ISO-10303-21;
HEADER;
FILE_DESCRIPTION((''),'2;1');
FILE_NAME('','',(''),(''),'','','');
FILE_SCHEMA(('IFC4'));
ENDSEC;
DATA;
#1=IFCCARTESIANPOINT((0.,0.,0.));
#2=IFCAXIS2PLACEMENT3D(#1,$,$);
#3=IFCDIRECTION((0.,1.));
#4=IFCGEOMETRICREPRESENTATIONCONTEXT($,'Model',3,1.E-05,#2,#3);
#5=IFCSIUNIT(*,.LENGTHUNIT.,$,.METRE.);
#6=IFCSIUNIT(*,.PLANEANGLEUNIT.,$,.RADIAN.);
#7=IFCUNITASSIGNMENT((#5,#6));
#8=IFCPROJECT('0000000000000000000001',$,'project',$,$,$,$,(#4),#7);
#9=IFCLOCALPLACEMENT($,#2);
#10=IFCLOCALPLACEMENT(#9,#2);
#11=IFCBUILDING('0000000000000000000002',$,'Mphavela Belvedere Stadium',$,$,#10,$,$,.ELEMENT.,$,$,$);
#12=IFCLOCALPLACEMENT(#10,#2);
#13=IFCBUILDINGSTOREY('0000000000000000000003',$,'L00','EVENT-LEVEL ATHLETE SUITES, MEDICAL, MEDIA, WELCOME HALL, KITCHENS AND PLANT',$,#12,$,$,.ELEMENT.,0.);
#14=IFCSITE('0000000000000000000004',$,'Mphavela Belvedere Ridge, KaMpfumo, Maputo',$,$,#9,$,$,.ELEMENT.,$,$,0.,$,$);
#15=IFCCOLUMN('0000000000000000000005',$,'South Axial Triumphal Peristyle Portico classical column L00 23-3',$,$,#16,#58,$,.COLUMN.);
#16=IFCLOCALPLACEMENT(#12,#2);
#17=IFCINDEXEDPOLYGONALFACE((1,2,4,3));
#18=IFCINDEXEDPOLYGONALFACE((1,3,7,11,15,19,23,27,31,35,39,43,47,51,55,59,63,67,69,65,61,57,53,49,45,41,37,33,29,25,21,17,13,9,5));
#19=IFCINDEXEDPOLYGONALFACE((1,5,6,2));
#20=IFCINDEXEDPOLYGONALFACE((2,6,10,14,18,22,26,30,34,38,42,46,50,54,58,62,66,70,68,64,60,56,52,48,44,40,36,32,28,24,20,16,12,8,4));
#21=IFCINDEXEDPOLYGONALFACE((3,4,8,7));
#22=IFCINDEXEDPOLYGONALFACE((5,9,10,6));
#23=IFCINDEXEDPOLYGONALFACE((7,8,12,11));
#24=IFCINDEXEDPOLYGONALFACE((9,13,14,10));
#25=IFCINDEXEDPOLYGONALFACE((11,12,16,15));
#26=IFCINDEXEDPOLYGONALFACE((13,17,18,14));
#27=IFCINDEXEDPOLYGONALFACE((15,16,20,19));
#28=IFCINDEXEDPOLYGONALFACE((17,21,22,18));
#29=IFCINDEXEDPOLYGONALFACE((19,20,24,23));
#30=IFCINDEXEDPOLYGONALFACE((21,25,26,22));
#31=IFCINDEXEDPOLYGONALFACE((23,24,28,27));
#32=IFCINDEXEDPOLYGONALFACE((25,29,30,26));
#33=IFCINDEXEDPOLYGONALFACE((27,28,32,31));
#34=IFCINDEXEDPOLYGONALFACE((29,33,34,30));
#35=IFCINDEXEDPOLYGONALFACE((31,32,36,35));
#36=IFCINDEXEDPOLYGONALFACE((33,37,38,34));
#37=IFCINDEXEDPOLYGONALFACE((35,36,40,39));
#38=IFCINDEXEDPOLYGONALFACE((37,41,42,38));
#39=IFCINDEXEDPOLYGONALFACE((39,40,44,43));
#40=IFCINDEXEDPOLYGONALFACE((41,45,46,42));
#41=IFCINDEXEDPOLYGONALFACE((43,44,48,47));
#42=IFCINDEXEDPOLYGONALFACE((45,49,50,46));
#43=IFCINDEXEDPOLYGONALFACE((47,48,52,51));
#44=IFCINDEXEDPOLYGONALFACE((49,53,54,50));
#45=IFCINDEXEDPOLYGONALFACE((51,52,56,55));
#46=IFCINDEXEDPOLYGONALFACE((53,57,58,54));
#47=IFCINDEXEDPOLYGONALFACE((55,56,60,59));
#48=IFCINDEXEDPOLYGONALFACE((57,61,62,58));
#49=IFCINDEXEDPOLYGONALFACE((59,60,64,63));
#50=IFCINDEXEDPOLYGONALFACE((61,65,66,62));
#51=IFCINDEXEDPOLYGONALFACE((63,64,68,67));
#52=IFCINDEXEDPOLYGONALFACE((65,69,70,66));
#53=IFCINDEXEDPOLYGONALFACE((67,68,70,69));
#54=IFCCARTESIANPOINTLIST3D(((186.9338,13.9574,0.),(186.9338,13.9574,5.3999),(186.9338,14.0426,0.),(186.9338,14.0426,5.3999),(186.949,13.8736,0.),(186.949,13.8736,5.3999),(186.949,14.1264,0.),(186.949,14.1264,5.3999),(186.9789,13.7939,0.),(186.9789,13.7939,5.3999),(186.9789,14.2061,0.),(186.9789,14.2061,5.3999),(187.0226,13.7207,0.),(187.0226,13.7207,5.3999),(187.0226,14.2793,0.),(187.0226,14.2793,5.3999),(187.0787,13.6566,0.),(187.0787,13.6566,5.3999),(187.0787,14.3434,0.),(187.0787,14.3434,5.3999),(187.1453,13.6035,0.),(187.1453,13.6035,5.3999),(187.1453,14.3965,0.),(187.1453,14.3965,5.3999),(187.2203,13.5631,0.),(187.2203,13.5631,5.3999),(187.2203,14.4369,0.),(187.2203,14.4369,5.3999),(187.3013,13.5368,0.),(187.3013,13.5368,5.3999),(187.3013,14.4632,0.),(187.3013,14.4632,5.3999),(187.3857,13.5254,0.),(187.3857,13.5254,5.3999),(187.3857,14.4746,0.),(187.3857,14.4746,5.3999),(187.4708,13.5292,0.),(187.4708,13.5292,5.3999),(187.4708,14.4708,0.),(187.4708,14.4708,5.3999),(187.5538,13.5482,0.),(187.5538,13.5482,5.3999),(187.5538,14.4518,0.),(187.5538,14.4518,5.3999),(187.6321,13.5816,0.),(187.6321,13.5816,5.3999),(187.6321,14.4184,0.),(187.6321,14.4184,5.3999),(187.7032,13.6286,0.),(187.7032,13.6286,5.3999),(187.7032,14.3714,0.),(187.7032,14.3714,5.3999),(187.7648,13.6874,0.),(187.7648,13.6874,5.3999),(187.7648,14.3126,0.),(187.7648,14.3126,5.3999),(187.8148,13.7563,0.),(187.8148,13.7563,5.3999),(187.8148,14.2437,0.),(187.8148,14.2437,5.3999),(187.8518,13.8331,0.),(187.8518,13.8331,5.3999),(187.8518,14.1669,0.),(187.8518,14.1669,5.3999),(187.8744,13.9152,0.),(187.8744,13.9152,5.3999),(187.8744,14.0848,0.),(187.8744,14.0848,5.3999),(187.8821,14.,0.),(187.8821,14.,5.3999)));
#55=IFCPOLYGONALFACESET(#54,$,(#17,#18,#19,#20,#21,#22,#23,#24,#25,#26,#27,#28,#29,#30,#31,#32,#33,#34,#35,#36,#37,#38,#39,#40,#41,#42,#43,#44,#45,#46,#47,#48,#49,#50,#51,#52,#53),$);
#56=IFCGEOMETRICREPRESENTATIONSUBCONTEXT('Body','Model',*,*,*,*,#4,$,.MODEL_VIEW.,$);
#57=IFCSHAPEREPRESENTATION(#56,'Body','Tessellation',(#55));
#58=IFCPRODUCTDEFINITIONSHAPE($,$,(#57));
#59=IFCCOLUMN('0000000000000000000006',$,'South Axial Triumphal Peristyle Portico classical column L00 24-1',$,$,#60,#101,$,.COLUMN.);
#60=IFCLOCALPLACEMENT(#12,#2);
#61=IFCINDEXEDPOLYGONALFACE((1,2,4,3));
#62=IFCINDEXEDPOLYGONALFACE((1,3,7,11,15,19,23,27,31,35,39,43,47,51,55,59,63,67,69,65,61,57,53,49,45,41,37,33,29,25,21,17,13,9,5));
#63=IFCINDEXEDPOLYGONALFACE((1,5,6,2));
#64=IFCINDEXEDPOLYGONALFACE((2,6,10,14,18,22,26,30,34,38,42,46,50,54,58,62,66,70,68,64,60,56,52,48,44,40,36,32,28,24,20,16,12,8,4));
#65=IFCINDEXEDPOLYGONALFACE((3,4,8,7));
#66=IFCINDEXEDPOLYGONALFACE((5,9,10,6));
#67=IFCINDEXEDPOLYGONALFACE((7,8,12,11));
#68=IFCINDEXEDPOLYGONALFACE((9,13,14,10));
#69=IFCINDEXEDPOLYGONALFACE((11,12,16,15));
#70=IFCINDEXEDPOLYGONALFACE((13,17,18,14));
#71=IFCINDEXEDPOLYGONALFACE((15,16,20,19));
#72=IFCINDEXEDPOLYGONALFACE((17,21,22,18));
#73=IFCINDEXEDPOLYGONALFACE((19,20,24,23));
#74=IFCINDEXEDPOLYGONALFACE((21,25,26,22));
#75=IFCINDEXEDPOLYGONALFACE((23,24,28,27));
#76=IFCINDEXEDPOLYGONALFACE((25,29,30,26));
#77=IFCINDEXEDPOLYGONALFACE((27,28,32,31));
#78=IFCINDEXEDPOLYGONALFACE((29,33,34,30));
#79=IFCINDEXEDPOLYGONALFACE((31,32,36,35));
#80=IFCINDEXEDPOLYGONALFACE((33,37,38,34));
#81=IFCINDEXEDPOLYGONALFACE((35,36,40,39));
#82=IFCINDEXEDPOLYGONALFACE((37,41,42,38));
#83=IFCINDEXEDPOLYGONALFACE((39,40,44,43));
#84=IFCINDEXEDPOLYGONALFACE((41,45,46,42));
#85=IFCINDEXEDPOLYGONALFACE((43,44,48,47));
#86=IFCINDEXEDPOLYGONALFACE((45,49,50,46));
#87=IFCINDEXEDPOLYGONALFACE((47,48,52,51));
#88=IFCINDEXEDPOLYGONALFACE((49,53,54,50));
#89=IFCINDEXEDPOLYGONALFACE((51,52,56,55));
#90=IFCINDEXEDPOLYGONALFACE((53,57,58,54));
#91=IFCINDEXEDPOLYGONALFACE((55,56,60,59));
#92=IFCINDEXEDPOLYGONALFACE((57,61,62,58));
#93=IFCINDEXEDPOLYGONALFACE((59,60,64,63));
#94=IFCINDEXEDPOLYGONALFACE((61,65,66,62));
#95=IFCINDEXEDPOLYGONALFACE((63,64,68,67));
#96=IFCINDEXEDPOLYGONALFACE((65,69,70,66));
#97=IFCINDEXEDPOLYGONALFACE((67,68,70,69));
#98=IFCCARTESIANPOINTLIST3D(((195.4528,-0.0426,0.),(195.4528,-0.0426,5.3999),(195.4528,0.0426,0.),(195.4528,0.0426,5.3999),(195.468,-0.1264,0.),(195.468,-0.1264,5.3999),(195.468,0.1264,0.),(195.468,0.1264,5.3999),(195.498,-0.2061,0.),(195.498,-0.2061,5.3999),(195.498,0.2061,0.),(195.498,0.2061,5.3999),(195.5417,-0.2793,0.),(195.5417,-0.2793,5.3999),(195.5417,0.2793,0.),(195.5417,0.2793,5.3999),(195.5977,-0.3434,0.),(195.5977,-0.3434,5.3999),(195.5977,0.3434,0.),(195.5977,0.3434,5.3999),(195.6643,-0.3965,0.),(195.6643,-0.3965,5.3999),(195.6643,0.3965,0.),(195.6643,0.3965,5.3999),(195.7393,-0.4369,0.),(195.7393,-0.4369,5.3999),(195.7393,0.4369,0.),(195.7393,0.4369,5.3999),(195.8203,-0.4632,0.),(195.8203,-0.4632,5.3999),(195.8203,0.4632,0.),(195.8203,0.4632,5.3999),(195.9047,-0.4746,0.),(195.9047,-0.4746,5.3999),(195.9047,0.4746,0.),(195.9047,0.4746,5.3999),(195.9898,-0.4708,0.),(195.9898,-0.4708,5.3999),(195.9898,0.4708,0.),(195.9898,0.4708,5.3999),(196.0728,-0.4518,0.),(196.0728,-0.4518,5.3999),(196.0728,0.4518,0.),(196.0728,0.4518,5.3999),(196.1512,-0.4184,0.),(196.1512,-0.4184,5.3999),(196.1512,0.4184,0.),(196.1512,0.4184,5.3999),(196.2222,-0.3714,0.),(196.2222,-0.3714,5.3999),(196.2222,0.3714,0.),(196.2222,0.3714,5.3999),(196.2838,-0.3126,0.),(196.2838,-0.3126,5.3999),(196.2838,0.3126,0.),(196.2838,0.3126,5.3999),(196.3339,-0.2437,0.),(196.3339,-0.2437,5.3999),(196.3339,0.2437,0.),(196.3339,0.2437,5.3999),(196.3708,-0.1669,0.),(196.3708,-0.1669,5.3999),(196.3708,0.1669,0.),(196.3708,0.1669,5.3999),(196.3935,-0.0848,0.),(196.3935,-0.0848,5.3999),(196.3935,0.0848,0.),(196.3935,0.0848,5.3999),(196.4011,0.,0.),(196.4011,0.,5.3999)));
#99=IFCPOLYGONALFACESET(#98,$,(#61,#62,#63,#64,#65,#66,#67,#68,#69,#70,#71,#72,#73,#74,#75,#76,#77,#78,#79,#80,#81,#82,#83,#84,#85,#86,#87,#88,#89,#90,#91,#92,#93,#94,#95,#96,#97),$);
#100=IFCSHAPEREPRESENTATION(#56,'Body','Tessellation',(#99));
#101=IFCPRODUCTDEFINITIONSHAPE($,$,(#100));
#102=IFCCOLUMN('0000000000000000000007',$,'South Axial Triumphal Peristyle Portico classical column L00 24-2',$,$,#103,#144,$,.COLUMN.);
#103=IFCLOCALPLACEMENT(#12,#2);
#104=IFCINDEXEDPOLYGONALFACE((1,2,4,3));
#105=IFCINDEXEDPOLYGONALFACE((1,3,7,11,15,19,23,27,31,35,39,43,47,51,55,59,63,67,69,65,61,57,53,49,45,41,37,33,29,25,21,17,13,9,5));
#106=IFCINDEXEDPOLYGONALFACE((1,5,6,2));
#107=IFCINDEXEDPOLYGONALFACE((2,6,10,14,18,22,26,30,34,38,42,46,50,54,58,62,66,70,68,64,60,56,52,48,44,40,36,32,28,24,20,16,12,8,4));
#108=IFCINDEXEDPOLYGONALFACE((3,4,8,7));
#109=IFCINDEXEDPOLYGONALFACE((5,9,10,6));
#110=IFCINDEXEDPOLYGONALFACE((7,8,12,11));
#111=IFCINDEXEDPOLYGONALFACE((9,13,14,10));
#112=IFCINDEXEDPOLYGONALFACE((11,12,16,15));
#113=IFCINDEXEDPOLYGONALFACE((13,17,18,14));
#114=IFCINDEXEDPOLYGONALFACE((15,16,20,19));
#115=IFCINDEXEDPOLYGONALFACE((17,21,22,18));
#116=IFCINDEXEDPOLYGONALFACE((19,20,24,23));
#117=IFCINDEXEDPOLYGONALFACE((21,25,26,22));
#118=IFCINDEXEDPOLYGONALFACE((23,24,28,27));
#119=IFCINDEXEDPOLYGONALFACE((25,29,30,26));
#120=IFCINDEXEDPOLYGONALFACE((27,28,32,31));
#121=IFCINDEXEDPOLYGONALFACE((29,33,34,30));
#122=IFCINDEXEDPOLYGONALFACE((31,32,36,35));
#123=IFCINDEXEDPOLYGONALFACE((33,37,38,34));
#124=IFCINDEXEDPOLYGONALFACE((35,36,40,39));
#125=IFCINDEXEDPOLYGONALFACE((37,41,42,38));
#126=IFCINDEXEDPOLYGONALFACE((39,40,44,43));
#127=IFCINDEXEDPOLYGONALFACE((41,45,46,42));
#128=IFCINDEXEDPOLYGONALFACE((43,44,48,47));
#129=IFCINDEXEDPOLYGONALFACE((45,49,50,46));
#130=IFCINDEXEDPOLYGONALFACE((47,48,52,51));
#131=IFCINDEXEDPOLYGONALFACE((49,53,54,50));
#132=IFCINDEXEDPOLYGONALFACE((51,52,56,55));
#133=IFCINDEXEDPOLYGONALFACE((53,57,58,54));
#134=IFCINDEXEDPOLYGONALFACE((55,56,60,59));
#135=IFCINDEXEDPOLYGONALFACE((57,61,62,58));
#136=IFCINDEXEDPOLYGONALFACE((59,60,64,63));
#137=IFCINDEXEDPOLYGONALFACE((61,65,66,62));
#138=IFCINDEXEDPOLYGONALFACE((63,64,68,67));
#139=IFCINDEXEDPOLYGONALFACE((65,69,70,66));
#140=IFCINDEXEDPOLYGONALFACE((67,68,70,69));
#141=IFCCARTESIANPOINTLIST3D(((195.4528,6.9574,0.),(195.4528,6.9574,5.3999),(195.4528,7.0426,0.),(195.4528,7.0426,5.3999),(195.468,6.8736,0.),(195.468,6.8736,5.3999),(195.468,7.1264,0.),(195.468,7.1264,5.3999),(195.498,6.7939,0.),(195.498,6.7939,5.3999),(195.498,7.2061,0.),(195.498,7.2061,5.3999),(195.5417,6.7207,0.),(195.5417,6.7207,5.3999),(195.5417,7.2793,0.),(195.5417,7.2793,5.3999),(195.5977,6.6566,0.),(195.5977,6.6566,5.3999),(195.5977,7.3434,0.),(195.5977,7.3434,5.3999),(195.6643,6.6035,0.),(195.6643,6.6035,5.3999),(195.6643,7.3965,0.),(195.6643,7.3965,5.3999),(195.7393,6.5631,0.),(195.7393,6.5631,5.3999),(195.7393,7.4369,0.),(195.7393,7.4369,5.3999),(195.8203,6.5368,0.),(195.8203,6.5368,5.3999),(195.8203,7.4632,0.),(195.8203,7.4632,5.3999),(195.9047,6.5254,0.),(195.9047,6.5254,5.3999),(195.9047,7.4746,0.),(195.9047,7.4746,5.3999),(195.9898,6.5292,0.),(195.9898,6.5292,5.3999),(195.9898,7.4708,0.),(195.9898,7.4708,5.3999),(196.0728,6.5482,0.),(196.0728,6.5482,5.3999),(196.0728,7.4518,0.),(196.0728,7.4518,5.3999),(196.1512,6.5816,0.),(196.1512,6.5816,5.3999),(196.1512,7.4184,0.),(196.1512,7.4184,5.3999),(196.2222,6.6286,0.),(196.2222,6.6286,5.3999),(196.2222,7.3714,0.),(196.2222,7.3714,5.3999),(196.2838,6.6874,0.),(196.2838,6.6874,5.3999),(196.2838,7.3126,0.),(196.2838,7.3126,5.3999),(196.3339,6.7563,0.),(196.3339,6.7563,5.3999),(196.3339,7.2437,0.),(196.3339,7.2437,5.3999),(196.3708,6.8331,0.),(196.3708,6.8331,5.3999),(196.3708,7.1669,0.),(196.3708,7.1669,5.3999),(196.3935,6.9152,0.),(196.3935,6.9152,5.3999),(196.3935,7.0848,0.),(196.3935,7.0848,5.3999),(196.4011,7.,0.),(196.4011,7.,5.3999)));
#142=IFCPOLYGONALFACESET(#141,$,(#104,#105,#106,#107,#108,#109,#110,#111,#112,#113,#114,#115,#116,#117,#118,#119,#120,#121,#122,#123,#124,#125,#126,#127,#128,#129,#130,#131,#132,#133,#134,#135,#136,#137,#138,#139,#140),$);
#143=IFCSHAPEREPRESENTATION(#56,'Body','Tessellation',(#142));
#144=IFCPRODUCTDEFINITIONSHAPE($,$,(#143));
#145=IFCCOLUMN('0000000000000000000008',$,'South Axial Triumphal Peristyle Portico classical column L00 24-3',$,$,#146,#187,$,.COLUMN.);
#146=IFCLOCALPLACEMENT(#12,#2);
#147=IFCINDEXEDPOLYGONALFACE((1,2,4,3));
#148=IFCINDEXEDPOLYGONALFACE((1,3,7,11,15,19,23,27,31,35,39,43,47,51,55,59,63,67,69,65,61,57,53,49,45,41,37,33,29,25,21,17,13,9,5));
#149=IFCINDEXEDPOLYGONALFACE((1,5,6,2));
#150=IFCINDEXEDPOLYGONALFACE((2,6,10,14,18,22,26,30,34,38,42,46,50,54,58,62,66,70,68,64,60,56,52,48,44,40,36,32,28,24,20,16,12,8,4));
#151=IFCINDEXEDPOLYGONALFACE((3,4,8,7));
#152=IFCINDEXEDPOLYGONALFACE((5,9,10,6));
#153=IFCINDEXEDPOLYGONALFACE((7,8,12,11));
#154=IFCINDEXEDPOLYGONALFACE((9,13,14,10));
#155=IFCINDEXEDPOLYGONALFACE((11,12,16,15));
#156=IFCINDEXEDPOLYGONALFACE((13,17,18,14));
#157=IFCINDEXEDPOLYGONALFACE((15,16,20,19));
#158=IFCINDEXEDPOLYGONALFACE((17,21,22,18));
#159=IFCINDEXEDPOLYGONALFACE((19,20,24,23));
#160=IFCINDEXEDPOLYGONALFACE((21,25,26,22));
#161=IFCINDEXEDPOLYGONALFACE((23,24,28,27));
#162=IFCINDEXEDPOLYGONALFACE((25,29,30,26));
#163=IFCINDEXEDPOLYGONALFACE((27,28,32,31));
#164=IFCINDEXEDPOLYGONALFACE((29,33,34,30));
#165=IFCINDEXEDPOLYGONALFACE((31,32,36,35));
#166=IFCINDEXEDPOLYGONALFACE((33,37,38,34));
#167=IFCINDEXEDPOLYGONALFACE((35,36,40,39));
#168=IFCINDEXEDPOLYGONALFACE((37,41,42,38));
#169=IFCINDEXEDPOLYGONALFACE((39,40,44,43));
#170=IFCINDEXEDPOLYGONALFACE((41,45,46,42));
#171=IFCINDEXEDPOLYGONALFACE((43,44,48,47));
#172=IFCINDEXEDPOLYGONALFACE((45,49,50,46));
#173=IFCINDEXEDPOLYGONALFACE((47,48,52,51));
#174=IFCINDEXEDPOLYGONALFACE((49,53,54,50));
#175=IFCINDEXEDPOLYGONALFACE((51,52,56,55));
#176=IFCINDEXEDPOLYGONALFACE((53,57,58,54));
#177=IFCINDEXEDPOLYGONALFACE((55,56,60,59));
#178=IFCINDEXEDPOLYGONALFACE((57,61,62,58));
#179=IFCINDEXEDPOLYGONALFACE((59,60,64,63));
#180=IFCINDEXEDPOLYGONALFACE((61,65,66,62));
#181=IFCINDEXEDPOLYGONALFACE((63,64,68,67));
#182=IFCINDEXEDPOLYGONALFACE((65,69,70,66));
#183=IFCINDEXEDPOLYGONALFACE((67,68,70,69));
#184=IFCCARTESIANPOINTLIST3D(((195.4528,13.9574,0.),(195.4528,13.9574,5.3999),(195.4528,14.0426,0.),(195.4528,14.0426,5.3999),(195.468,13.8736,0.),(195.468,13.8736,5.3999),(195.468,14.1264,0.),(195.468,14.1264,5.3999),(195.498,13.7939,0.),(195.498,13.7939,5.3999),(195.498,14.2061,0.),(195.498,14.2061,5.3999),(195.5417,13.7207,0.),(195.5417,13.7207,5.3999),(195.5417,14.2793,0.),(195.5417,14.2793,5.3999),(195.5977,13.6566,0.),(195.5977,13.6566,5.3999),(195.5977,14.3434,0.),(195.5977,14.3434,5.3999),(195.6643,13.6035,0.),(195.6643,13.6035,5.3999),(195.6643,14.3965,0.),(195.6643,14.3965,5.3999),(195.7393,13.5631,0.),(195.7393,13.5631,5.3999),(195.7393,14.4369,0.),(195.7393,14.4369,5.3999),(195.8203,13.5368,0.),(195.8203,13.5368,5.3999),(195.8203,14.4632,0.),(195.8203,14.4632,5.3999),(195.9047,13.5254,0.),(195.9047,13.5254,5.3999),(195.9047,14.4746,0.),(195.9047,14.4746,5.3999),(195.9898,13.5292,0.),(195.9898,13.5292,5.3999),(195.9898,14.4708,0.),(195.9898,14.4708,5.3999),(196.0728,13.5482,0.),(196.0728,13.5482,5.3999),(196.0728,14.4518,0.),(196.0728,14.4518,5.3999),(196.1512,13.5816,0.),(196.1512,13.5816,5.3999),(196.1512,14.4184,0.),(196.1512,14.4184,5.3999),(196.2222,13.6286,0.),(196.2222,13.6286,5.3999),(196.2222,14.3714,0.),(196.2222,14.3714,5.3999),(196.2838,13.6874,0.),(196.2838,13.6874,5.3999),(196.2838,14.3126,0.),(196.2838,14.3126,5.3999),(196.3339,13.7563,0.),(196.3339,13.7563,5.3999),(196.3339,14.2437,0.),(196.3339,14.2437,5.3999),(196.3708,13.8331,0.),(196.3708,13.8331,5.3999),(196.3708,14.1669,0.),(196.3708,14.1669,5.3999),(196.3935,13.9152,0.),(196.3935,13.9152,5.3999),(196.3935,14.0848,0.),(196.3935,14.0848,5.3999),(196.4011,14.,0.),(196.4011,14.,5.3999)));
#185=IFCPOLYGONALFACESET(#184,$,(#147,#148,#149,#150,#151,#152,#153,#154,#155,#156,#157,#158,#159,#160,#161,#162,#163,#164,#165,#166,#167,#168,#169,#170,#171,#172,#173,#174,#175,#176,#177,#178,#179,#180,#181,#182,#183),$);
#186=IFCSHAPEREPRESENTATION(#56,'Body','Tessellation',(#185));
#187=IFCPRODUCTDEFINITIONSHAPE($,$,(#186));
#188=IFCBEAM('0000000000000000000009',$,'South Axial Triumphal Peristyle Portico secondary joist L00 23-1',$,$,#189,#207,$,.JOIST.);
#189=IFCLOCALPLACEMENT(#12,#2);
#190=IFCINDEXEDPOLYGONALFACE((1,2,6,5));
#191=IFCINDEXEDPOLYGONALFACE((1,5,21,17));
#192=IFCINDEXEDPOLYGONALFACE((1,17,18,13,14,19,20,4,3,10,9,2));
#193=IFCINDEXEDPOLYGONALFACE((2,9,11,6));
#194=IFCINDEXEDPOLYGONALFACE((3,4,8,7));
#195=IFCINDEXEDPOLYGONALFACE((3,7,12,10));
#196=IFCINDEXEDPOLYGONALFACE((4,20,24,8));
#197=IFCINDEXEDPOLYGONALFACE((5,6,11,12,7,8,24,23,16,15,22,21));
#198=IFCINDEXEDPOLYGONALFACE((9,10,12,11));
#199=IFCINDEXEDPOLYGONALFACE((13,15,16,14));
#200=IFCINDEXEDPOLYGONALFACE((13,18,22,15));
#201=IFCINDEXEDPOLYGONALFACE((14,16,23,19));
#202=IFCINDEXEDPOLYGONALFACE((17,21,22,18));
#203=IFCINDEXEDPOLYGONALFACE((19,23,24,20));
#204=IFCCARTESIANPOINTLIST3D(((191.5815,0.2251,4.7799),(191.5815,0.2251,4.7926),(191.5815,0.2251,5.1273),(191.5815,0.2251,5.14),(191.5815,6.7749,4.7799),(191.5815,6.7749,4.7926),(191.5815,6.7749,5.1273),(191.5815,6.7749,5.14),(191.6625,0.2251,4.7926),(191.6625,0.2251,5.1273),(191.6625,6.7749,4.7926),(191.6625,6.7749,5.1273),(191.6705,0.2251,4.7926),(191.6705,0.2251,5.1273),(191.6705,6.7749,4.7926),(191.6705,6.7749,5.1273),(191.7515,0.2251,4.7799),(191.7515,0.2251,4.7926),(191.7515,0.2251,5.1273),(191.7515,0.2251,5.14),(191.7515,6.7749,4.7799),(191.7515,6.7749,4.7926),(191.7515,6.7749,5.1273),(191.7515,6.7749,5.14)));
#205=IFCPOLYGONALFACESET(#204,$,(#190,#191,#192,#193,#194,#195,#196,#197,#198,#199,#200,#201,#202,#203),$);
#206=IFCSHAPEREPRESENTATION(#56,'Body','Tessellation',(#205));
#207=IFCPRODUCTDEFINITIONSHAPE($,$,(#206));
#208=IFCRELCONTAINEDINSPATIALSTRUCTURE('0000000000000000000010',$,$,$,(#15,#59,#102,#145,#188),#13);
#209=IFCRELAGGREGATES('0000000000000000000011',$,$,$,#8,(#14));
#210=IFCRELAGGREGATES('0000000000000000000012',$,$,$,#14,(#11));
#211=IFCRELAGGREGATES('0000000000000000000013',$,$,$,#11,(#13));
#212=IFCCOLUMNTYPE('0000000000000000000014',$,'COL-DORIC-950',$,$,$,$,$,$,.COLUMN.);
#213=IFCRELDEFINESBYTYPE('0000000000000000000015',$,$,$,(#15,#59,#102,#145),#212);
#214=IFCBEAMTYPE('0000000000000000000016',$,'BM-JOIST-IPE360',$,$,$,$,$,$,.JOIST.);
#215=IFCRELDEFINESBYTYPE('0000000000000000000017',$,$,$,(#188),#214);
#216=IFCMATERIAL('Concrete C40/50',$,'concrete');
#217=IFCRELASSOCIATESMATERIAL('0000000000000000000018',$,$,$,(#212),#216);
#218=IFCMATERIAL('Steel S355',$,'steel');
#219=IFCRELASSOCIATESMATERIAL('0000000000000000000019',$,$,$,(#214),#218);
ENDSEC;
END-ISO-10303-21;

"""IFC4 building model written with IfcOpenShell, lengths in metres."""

from ifc_helpers import new_model, si_unit, direction, frame, origin, origin_2d, place, context, subcontext, project, spatial, circle, i_section, extrude, material, material_profile, profile_set, type_object, element, save


model = new_model("IFC4")

# Units and contexts
model_context = context("Model", 3, precision=1e-05, world=origin(), true_north=direction((0.0, 1.0)))
body_context = subcontext(model_context, "Body", "Model", "MODEL_VIEW")
ifc_project = project(units=[si_unit("LENGTHUNIT", "METRE"), si_unit("PLANEANGLEUNIT", "RADIAN")], contexts=[model_context])

# Site, building, storey
site_placement = place(None, origin())
site = spatial("IfcSite", under=ifc_project, at=site_placement, Name="Mphavela Belvedere Ridge, KaMpfumo, Maputo", CompositionType="ELEMENT", RefElevation=0.0)
building_placement = place(site_placement, origin())
building = spatial("IfcBuilding", under=site, at=building_placement, Name="Mphavela Belvedere Stadium", CompositionType="ELEMENT")
storey_placement = place(building_placement, origin())
storey = spatial("IfcBuildingStorey", under=building, at=storey_placement, Name="L00", Description="EVENT-LEVEL ATHLETE SUITES, MEDICAL, MEDIA, WELCOME HALL, KITCHENS AND PLANT", CompositionType="ELEMENT", Elevation=0.0)

# Columns
ifc_material_1 = material(Name="Concrete C40/50", Category="concrete")
ifc_material_profile_1 = material_profile(ifc_material_1, circle(Radius=0.4751, at=origin_2d()), Name="COL D950")
ifc_profile_set_1 = profile_set([ifc_material_profile_1], Name="Concrete C40/50")
column_type = type_object("IfcColumnType", Name="COL-DORIC-950", PredefinedType="COLUMN", material=ifc_profile_set_1)
for number, where, z_axis, x_axis, name in (
    (1, (187.407, 14.0, 0.0), (0.0, 0.0, 1.0), (1.0, 0.0, 0.0), "South Axial Triumphal Peristyle Portico classical column L00 23-3"),
    (2, (195.926, 0.0, 0.0), (0.0, 0.0, 1.0), (1.0, 0.0, 0.0), "South Axial Triumphal Peristyle Portico classical column L00 24-1"),
    (3, (195.926, 7.0, 0.0), (0.0, 0.0, 1.0), (1.0, 0.0, 0.0), "South Axial Triumphal Peristyle Portico classical column L00 24-2"),
    (4, (195.926, 14.0, 0.0), (0.0, 0.0, 1.0), (1.0, 0.0, 0.0), "South Axial Triumphal Peristyle Portico classical column L00 24-3"),
):
    element("IfcColumn", number, at=place(storey_placement, frame(where, z_axis=z_axis, x_axis=x_axis)), inside=storey, type_object=column_type, Name=name, PredefinedType="COLUMN", context=body_context, shape_type="SweptSolid", body=[
        extrude(circle(Radius=0.4751, at=origin_2d()), origin(), (0.0, 0.0, 1.0), 5.3999),
    ])

# Beam
ifc_material_2 = material(Name="Steel S355", Category="steel")
ifc_material_profile_2 = material_profile(ifc_material_2, i_section(OverallWidth=0.1699, OverallDepth=0.3601, WebThickness=0.0081, FlangeThickness=0.0127, at=origin_2d()), Name="IPE 360")
ifc_profile_set_2 = profile_set([ifc_material_profile_2], Name="Steel S355")
beam_type_1 = type_object("IfcBeamType", Name="BM-JOIST-IPE360", PredefinedType="JOIST", material=ifc_profile_set_2)
for number, where, z_axis, x_axis, name in (
    (5, (191.6665, 0.2251, 4.96), (0.0, 1.0, 0.0), (-1.0, 0.0, 0.0), "South Axial Triumphal Peristyle Portico secondary joist L00 23-1"),
):
    element("IfcBeam", number, at=place(storey_placement, frame(where, z_axis=z_axis, x_axis=x_axis)), inside=storey, type_object=beam_type_1, Name=name, PredefinedType="JOIST", context=body_context, shape_type="SweptSolid", body=[
        extrude(i_section(OverallWidth=0.1699, OverallDepth=0.3601, WebThickness=0.0081, FlangeThickness=0.0127, at=origin_2d()), origin(), (0.0, 0.0, 1.0), 6.5498),
    ])

save(model, "model.ifc")
